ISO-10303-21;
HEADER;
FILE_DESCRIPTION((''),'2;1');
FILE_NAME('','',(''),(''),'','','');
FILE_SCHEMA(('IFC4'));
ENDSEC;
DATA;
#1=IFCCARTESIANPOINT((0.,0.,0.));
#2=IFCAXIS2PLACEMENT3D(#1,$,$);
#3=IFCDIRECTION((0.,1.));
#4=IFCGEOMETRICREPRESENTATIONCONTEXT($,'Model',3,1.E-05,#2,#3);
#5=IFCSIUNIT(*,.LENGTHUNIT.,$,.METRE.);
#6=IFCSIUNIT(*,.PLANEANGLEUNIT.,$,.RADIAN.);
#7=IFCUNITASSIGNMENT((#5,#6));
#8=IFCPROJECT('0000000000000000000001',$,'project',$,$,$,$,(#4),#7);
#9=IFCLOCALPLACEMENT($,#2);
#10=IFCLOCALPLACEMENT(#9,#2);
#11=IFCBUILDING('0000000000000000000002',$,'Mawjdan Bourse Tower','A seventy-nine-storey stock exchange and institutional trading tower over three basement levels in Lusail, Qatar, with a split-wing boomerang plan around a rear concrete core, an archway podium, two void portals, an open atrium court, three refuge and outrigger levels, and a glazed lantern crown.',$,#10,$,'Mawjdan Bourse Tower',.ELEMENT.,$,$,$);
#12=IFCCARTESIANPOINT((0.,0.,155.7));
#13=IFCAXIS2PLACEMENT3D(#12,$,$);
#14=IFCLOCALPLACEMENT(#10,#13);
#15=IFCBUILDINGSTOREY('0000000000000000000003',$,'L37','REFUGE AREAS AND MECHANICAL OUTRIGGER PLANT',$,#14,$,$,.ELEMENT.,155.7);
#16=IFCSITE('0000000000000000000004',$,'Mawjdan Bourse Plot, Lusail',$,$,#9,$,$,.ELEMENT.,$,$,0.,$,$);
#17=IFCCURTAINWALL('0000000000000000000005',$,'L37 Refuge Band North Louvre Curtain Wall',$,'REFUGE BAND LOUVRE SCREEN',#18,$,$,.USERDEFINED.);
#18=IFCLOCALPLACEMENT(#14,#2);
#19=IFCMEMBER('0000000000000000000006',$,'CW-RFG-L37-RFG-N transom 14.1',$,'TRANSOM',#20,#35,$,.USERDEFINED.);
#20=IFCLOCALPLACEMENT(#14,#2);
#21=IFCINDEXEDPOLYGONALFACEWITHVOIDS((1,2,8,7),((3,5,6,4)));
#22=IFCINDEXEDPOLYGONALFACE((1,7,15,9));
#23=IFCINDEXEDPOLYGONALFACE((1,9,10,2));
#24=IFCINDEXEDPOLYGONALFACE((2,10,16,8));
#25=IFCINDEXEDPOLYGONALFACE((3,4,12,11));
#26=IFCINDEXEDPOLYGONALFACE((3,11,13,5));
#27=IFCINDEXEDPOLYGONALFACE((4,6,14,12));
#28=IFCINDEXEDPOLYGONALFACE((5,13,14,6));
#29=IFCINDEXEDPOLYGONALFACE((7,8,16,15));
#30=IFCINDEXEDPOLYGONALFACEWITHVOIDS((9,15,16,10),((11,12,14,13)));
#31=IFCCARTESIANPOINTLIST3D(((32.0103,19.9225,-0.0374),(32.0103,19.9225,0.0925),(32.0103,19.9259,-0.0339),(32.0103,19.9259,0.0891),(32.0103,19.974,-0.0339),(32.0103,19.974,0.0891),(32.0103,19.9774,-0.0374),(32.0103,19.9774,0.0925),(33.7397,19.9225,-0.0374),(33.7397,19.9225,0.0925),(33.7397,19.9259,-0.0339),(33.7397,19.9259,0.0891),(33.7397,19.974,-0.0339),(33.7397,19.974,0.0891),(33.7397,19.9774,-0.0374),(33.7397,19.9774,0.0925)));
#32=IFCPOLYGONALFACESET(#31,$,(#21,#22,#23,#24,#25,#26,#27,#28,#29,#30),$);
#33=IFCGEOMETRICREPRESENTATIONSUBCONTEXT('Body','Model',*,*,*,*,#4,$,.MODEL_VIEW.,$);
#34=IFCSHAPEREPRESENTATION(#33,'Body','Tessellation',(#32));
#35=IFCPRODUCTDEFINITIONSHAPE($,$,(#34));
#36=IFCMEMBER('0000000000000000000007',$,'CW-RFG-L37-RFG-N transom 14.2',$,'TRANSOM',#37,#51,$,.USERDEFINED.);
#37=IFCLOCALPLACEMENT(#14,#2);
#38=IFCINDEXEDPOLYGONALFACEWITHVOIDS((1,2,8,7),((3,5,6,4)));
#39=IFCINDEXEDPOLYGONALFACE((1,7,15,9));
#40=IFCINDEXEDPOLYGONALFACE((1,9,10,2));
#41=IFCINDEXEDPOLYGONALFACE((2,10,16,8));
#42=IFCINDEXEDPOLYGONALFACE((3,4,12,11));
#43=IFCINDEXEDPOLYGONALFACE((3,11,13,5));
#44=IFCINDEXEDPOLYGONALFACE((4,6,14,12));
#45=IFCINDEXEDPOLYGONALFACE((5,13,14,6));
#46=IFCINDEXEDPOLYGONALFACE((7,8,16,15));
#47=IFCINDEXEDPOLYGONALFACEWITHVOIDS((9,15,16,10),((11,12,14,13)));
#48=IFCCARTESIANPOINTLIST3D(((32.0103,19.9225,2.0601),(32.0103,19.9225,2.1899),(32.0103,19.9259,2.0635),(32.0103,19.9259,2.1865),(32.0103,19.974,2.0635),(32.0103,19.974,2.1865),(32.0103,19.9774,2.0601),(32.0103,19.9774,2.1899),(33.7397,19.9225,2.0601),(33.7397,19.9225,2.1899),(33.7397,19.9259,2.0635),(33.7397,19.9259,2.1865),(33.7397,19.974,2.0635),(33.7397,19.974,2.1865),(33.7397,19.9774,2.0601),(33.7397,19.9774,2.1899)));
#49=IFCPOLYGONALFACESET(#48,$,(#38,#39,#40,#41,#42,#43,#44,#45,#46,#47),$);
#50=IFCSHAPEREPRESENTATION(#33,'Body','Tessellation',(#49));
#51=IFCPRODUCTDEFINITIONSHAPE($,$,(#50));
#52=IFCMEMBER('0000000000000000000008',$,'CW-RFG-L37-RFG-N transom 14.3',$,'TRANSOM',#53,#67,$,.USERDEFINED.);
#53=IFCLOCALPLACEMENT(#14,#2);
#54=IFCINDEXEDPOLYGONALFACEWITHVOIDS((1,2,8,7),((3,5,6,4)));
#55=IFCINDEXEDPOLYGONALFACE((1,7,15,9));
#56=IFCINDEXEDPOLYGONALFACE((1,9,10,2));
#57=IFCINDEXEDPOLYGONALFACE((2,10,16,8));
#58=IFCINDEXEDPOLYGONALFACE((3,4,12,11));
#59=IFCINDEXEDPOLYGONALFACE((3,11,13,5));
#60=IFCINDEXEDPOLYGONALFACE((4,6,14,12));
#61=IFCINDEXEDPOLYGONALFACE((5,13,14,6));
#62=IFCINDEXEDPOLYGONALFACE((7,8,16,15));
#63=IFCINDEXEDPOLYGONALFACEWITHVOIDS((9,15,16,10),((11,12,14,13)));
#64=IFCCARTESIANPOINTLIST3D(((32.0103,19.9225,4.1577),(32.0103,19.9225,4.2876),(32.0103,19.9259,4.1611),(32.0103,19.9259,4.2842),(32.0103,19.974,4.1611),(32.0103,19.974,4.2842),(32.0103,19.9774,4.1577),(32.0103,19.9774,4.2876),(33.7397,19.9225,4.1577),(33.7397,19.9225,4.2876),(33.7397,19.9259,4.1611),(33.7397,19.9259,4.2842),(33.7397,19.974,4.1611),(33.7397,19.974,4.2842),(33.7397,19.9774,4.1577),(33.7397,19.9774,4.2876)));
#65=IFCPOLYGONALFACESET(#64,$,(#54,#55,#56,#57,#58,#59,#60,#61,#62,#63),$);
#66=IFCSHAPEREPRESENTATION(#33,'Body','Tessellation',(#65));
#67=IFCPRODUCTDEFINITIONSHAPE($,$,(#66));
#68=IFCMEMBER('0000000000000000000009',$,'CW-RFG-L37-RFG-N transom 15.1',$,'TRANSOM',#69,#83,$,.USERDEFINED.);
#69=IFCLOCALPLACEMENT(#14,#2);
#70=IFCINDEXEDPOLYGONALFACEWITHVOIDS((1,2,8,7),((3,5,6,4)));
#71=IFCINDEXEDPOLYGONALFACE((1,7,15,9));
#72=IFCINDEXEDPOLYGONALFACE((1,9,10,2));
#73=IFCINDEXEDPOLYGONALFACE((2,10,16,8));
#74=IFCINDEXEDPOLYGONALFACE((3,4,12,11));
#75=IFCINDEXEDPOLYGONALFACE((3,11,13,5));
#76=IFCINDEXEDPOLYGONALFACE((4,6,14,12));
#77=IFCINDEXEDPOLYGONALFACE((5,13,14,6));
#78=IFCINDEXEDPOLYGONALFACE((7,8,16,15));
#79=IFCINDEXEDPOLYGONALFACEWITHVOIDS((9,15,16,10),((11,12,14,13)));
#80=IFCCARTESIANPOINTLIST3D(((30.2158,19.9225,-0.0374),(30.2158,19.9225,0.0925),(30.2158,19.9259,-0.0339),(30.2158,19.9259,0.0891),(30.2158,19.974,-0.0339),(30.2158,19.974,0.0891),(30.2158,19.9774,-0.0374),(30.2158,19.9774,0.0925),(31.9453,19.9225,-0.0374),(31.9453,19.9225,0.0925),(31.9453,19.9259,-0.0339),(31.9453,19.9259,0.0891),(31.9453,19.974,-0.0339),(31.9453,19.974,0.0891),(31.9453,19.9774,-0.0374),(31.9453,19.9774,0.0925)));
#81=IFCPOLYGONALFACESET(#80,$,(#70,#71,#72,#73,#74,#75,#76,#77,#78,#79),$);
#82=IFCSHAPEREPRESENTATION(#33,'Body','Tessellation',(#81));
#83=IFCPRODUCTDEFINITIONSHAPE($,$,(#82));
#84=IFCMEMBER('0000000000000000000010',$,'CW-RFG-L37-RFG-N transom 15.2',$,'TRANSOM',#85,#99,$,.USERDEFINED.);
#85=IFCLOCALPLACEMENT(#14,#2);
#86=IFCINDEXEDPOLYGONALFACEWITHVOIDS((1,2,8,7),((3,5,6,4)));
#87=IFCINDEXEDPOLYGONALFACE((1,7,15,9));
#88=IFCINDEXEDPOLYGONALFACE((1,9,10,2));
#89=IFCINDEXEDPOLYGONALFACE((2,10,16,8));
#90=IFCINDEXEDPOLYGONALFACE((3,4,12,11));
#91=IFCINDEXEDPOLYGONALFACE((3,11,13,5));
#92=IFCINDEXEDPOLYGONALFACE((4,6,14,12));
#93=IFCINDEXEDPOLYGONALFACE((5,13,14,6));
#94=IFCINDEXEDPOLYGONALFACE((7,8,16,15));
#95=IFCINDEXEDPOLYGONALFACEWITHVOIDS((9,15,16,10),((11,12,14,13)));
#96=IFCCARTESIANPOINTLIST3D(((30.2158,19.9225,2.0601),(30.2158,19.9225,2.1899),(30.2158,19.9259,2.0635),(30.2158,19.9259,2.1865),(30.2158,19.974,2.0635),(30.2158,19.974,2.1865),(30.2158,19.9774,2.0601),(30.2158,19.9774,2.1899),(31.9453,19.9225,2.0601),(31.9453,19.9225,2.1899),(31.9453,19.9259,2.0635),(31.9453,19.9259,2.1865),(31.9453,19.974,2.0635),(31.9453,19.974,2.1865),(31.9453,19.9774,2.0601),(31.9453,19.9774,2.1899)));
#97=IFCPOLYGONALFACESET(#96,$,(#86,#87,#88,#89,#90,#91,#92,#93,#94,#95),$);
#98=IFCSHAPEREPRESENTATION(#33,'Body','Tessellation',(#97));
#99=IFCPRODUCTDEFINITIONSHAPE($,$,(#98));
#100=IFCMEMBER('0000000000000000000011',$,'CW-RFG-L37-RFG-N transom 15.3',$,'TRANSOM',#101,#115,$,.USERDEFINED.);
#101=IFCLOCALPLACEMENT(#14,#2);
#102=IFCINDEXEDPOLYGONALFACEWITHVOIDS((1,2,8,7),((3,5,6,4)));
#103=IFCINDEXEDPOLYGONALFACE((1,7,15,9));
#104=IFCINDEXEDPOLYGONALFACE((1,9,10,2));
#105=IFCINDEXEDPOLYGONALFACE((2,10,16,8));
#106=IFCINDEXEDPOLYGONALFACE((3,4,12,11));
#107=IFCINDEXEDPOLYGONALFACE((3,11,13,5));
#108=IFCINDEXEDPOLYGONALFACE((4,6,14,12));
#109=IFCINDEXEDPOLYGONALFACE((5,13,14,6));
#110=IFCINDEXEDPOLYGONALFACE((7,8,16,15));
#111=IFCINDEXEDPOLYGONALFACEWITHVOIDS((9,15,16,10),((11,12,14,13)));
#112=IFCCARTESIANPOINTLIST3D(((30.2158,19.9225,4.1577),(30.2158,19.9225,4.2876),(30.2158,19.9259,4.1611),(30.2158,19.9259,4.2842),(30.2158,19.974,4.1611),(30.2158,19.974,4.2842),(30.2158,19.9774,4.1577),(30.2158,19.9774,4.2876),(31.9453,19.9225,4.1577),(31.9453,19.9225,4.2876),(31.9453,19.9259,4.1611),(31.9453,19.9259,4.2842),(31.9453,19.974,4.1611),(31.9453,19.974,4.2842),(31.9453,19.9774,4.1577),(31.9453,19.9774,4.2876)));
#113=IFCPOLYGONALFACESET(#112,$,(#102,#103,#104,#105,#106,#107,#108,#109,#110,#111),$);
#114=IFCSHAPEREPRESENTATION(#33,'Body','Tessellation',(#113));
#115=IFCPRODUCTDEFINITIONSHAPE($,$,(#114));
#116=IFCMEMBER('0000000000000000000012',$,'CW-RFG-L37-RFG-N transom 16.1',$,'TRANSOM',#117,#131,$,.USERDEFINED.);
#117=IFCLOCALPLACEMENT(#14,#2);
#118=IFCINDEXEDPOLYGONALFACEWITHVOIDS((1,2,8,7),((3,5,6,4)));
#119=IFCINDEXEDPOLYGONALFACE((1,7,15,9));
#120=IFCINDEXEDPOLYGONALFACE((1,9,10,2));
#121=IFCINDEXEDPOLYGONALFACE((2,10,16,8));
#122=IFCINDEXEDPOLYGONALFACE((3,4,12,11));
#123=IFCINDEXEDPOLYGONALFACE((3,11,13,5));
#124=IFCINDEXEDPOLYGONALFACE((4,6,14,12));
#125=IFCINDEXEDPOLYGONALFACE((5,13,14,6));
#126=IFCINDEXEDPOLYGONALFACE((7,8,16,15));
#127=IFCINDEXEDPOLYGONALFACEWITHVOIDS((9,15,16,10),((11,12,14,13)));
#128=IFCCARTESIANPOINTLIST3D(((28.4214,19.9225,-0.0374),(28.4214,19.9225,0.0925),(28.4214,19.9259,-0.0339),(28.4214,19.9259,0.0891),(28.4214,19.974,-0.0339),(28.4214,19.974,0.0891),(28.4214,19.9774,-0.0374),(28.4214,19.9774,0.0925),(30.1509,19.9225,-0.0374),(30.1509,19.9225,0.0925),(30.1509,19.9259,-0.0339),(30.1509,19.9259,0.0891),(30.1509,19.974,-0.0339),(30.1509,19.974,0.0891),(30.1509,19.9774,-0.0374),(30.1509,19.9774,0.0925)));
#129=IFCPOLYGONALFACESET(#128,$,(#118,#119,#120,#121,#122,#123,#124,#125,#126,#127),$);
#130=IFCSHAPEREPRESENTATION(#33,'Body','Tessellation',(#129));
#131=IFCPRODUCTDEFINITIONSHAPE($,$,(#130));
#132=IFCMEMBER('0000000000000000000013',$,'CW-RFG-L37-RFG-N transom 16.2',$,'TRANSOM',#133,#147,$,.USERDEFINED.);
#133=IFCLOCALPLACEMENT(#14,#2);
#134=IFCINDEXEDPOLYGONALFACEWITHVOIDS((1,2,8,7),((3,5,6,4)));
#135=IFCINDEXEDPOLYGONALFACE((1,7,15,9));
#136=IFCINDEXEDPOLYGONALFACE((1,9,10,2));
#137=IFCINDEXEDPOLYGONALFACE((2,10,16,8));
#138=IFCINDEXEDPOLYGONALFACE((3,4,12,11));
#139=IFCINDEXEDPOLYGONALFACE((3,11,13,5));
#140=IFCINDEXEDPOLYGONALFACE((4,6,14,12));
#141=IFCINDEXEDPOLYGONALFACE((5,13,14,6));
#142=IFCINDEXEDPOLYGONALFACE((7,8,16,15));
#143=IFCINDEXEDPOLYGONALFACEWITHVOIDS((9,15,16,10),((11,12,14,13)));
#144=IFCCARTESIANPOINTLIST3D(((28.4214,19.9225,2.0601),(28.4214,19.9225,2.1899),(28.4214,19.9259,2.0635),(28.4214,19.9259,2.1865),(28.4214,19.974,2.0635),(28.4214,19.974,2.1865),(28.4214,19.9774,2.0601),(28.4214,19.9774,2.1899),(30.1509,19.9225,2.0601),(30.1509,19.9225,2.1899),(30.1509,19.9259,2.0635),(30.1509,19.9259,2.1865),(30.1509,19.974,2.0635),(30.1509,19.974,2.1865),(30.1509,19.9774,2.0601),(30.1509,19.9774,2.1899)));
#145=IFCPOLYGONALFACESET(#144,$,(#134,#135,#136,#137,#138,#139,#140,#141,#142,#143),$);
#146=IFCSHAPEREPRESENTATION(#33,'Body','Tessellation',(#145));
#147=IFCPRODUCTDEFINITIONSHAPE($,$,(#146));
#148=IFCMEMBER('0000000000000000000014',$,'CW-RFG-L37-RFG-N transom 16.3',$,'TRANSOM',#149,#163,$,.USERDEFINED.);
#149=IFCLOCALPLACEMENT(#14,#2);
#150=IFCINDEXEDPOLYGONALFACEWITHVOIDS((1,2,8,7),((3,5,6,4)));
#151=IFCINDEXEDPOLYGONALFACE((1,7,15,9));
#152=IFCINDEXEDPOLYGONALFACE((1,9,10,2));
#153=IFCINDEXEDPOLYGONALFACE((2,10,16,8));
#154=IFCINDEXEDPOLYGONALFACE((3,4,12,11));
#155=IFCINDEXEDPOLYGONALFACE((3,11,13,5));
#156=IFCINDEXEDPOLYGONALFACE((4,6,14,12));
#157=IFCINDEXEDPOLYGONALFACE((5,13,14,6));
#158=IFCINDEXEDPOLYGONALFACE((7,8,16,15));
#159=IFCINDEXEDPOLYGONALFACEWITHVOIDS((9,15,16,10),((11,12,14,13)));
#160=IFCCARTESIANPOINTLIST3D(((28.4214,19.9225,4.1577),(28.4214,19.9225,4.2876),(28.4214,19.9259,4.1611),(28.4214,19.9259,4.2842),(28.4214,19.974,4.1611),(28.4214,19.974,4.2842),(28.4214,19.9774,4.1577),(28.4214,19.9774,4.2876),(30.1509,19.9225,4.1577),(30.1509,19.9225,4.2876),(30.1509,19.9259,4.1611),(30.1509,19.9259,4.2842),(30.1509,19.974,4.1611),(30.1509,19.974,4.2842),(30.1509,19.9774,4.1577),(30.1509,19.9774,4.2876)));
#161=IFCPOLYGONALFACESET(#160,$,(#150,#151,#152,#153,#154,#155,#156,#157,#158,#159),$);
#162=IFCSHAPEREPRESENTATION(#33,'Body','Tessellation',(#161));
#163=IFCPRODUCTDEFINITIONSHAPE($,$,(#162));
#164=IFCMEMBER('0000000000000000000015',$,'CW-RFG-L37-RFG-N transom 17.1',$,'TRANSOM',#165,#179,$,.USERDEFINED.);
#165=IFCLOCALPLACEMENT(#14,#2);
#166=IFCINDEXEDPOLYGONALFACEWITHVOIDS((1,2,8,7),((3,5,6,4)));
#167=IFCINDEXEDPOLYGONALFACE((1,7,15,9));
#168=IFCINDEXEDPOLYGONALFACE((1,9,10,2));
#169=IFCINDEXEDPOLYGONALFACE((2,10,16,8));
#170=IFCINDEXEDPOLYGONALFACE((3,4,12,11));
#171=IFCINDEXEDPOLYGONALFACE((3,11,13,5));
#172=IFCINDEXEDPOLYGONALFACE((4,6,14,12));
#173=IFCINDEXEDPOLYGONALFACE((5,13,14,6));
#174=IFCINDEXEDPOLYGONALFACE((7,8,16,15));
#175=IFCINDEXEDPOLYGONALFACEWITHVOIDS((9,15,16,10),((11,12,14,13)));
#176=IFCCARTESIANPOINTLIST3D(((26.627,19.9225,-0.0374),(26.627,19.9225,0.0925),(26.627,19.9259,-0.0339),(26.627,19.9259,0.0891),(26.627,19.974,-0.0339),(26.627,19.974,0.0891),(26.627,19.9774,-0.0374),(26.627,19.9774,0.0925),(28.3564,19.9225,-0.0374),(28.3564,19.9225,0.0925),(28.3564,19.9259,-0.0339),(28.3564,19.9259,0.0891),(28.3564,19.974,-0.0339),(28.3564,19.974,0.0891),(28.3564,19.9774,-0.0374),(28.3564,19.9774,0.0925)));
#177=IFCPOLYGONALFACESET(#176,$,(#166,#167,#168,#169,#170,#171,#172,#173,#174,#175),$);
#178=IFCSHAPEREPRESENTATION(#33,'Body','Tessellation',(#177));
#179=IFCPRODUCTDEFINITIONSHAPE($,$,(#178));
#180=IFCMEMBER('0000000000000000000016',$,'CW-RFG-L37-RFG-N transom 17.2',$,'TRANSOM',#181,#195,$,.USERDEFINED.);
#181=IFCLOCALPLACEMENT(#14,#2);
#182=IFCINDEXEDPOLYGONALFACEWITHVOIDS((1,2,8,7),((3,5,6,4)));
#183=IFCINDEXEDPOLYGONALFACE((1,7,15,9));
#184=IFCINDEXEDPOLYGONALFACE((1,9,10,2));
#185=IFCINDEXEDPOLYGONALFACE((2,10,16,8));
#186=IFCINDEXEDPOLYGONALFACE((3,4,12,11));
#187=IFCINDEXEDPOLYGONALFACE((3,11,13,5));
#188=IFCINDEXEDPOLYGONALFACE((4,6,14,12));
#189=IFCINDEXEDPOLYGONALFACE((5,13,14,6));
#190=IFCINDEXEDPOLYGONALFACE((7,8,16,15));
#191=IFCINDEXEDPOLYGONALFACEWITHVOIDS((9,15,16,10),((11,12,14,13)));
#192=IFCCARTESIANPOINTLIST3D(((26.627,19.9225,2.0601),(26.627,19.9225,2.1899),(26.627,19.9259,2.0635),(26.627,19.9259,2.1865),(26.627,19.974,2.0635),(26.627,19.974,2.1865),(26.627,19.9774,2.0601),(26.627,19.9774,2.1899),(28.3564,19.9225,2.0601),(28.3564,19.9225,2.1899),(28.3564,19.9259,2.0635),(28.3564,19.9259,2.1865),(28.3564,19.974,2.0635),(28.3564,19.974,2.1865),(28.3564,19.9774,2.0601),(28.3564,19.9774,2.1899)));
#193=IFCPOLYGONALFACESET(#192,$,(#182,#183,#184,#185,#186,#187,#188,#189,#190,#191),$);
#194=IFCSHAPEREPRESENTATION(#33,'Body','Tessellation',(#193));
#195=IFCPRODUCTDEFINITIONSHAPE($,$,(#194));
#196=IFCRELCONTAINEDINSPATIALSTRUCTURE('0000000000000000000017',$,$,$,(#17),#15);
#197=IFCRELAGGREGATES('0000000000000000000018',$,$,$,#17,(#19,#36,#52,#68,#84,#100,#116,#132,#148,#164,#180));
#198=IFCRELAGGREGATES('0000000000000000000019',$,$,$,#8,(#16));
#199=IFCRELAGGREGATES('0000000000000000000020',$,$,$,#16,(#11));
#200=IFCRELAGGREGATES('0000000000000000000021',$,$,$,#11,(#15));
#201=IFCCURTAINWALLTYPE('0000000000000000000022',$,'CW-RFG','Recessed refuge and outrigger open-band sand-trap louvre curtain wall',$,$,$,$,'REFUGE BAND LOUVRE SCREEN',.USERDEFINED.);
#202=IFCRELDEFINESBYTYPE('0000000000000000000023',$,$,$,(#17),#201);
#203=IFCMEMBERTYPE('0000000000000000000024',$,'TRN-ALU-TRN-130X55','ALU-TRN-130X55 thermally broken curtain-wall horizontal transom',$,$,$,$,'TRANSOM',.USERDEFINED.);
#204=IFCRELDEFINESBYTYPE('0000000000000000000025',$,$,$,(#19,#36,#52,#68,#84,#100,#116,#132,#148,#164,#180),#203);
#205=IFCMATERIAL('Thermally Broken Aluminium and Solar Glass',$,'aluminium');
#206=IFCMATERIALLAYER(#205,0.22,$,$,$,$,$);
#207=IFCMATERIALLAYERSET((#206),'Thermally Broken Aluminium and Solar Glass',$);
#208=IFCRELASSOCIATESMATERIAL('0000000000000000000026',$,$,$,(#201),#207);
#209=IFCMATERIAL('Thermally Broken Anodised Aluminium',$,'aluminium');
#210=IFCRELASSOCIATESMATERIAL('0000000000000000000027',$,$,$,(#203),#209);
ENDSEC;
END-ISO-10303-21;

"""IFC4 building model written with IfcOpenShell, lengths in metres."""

from ifc_helpers import new_model, si_unit, direction, frame, origin, origin_2d, place, context, subcontext, project, spatial, hollow_rectangle, extrude, material, layer, layer_set, material_profile, profile_set, type_object, element, aggregate, save


model = new_model("IFC4")

# Units and contexts
model_context = context("Model", 3, precision=1e-05, world=origin(), true_north=direction((0.0, 1.0)))
body_context = subcontext(model_context, "Body", "Model", "MODEL_VIEW")
ifc_project = project(units=[si_unit("LENGTHUNIT", "METRE"), si_unit("PLANEANGLEUNIT", "RADIAN")], contexts=[model_context])

# Site, building, storey
site_placement = place(None, origin())
site = spatial("IfcSite", under=ifc_project, at=site_placement, Name="Mawjdan Bourse Plot, Lusail", CompositionType="ELEMENT", RefElevation=0.0)
building_placement = place(site_placement, origin())
building = spatial("IfcBuilding", under=site, at=building_placement, Name="Mawjdan Bourse Tower", Description="A seventy-nine-storey stock exchange and institutional trading tower over three basement levels in Lusail, Qatar, with a split-wing boomerang plan around a rear concrete core, an archway podium, two void portals, an open atrium court, three refuge and outrigger levels, and a glazed lantern crown.", LongName="Mawjdan Bourse Tower", CompositionType="ELEMENT")
storey_placement = place(building_placement, frame((0.0, 0.0, 155.7)))
storey = spatial("IfcBuildingStorey", under=building, at=storey_placement, Name="L37", Description="REFUGE AREAS AND MECHANICAL OUTRIGGER PLANT", CompositionType="ELEMENT", Elevation=155.7)

# Curtain wall
ifc_material_1 = material(Name="Thermally Broken Aluminium and Solar Glass", Category="aluminium")
ifc_layer_1 = layer(ifc_material_1, 0.22)
ifc_layer_set_1 = layer_set([ifc_layer_1], Name="Thermally Broken Aluminium and Solar Glass")
curtain_wall_type = type_object("IfcCurtainWallType", Name="CW-RFG", Description="Recessed refuge and outrigger open-band sand-trap louvre curtain wall", ElementType="REFUGE BAND LOUVRE SCREEN", PredefinedType="USERDEFINED", material=ifc_layer_set_1)
curtain_wall_placement = place(storey_placement, origin())
curtain_wall = element("IfcCurtainWall", 1, at=curtain_wall_placement, inside=storey, type_object=curtain_wall_type, Name="L37 Refuge Band North Louvre Curtain Wall", ObjectType="REFUGE BAND LOUVRE SCREEN", PredefinedType="USERDEFINED")
ifc_material_2 = material(Name="Thermally Broken Anodised Aluminium", Category="aluminium")

# Members
ifc_material_profile_1 = material_profile(ifc_material_2, hollow_rectangle(XDim=0.0549, YDim=0.1299, WallThickness=0.0034, at=origin_2d()), Name="ALU-TRN-130X55")
ifc_profile_set_1 = profile_set([ifc_material_profile_1], Name="Thermally Broken Anodised Aluminium")
member_type_1 = type_object("IfcMemberType", Name="TRN-ALU-TRN-130X55", Description="ALU-TRN-130X55 thermally broken curtain-wall horizontal transom", ElementType="TRANSOM", PredefinedType="USERDEFINED", material=ifc_profile_set_1)
member_1_placement = place(storey_placement, frame((33.7397, 19.95, 0.0276), z_axis=(-1.0, 0.0, 0.0), x_axis=(0.0, -1.0, 0.0)))
member_1 = element("IfcMember", 2, at=member_1_placement, type_object=member_type_1, Name="CW-RFG-L37-RFG-N transom 14.1", ObjectType="TRANSOM", PredefinedType="USERDEFINED", context=body_context, shape_type="SweptSolid", body=[
    extrude(hollow_rectangle(XDim=0.0549, YDim=0.1299, WallThickness=0.0034, at=origin_2d()), origin(), (0.0, 0.0, 1.0), 1.7295),
])
member_2_placement = place(storey_placement, frame((33.7397, 19.95, 2.125), z_axis=(-1.0, 0.0, 0.0), x_axis=(0.0, -1.0, 0.0)))
member_2 = element("IfcMember", 3, at=member_2_placement, type_object=member_type_1, Name="CW-RFG-L37-RFG-N transom 14.2", ObjectType="TRANSOM", PredefinedType="USERDEFINED", context=body_context, shape_type="SweptSolid", body=[
    extrude(hollow_rectangle(XDim=0.0549, YDim=0.1299, WallThickness=0.0034, at=origin_2d()), origin(), (0.0, 0.0, 1.0), 1.7295),
])
member_3_placement = place(storey_placement, frame((33.7397, 19.95, 4.2227), z_axis=(-1.0, 0.0, 0.0), x_axis=(0.0, -1.0, 0.0)))
member_3 = element("IfcMember", 4, at=member_3_placement, type_object=member_type_1, Name="CW-RFG-L37-RFG-N transom 14.3", ObjectType="TRANSOM", PredefinedType="USERDEFINED", context=body_context, shape_type="SweptSolid", body=[
    extrude(hollow_rectangle(XDim=0.0549, YDim=0.1299, WallThickness=0.0034, at=origin_2d()), origin(), (0.0, 0.0, 1.0), 1.7295),
])
member_4_placement = place(storey_placement, frame((31.9453, 19.95, 0.0276), z_axis=(-1.0, 0.0, 0.0), x_axis=(0.0, -1.0, 0.0)))
member_4 = element("IfcMember", 5, at=member_4_placement, type_object=member_type_1, Name="CW-RFG-L37-RFG-N transom 15.1", ObjectType="TRANSOM", PredefinedType="USERDEFINED", context=body_context, shape_type="SweptSolid", body=[
    extrude(hollow_rectangle(XDim=0.0549, YDim=0.1299, WallThickness=0.0034, at=origin_2d()), origin(), (0.0, 0.0, 1.0), 1.7295),
])
member_5_placement = place(storey_placement, frame((31.9453, 19.95, 2.125), z_axis=(-1.0, 0.0, 0.0), x_axis=(0.0, -1.0, 0.0)))
member_5 = element("IfcMember", 6, at=member_5_placement, type_object=member_type_1, Name="CW-RFG-L37-RFG-N transom 15.2", ObjectType="TRANSOM", PredefinedType="USERDEFINED", context=body_context, shape_type="SweptSolid", body=[
    extrude(hollow_rectangle(XDim=0.0549, YDim=0.1299, WallThickness=0.0034, at=origin_2d()), origin(), (0.0, 0.0, 1.0), 1.7295),
])
member_6_placement = place(storey_placement, frame((31.9453, 19.95, 4.2227), z_axis=(-1.0, 0.0, 0.0), x_axis=(0.0, -1.0, 0.0)))
member_6 = element("IfcMember", 7, at=member_6_placement, type_object=member_type_1, Name="CW-RFG-L37-RFG-N transom 15.3", ObjectType="TRANSOM", PredefinedType="USERDEFINED", context=body_context, shape_type="SweptSolid", body=[
    extrude(hollow_rectangle(XDim=0.0549, YDim=0.1299, WallThickness=0.0034, at=origin_2d()), origin(), (0.0, 0.0, 1.0), 1.7295),
])
member_7_placement = place(storey_placement, frame((30.1509, 19.95, 0.0276), z_axis=(-1.0, 0.0, 0.0), x_axis=(0.0, -1.0, 0.0)))
member_7 = element("IfcMember", 8, at=member_7_placement, type_object=member_type_1, Name="CW-RFG-L37-RFG-N transom 16.1", ObjectType="TRANSOM", PredefinedType="USERDEFINED", context=body_context, shape_type="SweptSolid", body=[
    extrude(hollow_rectangle(XDim=0.0549, YDim=0.1299, WallThickness=0.0034, at=origin_2d()), origin(), (0.0, 0.0, 1.0), 1.7295),
])
member_8_placement = place(storey_placement, frame((30.1509, 19.95, 2.125), z_axis=(-1.0, 0.0, 0.0), x_axis=(0.0, -1.0, 0.0)))
member_8 = element("IfcMember", 9, at=member_8_placement, type_object=member_type_1, Name="CW-RFG-L37-RFG-N transom 16.2", ObjectType="TRANSOM", PredefinedType="USERDEFINED", context=body_context, shape_type="SweptSolid", body=[
    extrude(hollow_rectangle(XDim=0.0549, YDim=0.1299, WallThickness=0.0034, at=origin_2d()), origin(), (0.0, 0.0, 1.0), 1.7295),
])
member_9_placement = place(storey_placement, frame((30.1509, 19.95, 4.2227), z_axis=(-1.0, 0.0, 0.0), x_axis=(0.0, -1.0, 0.0)))
member_9 = element("IfcMember", 10, at=member_9_placement, type_object=member_type_1, Name="CW-RFG-L37-RFG-N transom 16.3", ObjectType="TRANSOM", PredefinedType="USERDEFINED", context=body_context, shape_type="SweptSolid", body=[
    extrude(hollow_rectangle(XDim=0.0549, YDim=0.1299, WallThickness=0.0034, at=origin_2d()), origin(), (0.0, 0.0, 1.0), 1.7295),
])
member_10_placement = place(storey_placement, frame((28.3564, 19.95, 0.0276), z_axis=(-1.0, 0.0, 0.0), x_axis=(0.0, -1.0, 0.0)))
member_10 = element("IfcMember", 11, at=member_10_placement, type_object=member_type_1, Name="CW-RFG-L37-RFG-N transom 17.1", ObjectType="TRANSOM", PredefinedType="USERDEFINED", context=body_context, shape_type="SweptSolid", body=[
    extrude(hollow_rectangle(XDim=0.0549, YDim=0.1299, WallThickness=0.0034, at=origin_2d()), origin(), (0.0, 0.0, 1.0), 1.7295),
])
member_11_placement = place(storey_placement, frame((28.3564, 19.95, 2.125), z_axis=(-1.0, 0.0, 0.0), x_axis=(0.0, -1.0, 0.0)))
member_11 = element("IfcMember", 12, at=member_11_placement, type_object=member_type_1, Name="CW-RFG-L37-RFG-N transom 17.2", ObjectType="TRANSOM", PredefinedType="USERDEFINED", context=body_context, shape_type="SweptSolid", body=[
    extrude(hollow_rectangle(XDim=0.0549, YDim=0.1299, WallThickness=0.0034, at=origin_2d()), origin(), (0.0, 0.0, 1.0), 1.7295),
])

aggregate(curtain_wall, [member_1, member_2, member_3, member_4, member_5, member_6, member_7, member_8, member_9, member_10, member_11])

save(model, "model.ifc")
